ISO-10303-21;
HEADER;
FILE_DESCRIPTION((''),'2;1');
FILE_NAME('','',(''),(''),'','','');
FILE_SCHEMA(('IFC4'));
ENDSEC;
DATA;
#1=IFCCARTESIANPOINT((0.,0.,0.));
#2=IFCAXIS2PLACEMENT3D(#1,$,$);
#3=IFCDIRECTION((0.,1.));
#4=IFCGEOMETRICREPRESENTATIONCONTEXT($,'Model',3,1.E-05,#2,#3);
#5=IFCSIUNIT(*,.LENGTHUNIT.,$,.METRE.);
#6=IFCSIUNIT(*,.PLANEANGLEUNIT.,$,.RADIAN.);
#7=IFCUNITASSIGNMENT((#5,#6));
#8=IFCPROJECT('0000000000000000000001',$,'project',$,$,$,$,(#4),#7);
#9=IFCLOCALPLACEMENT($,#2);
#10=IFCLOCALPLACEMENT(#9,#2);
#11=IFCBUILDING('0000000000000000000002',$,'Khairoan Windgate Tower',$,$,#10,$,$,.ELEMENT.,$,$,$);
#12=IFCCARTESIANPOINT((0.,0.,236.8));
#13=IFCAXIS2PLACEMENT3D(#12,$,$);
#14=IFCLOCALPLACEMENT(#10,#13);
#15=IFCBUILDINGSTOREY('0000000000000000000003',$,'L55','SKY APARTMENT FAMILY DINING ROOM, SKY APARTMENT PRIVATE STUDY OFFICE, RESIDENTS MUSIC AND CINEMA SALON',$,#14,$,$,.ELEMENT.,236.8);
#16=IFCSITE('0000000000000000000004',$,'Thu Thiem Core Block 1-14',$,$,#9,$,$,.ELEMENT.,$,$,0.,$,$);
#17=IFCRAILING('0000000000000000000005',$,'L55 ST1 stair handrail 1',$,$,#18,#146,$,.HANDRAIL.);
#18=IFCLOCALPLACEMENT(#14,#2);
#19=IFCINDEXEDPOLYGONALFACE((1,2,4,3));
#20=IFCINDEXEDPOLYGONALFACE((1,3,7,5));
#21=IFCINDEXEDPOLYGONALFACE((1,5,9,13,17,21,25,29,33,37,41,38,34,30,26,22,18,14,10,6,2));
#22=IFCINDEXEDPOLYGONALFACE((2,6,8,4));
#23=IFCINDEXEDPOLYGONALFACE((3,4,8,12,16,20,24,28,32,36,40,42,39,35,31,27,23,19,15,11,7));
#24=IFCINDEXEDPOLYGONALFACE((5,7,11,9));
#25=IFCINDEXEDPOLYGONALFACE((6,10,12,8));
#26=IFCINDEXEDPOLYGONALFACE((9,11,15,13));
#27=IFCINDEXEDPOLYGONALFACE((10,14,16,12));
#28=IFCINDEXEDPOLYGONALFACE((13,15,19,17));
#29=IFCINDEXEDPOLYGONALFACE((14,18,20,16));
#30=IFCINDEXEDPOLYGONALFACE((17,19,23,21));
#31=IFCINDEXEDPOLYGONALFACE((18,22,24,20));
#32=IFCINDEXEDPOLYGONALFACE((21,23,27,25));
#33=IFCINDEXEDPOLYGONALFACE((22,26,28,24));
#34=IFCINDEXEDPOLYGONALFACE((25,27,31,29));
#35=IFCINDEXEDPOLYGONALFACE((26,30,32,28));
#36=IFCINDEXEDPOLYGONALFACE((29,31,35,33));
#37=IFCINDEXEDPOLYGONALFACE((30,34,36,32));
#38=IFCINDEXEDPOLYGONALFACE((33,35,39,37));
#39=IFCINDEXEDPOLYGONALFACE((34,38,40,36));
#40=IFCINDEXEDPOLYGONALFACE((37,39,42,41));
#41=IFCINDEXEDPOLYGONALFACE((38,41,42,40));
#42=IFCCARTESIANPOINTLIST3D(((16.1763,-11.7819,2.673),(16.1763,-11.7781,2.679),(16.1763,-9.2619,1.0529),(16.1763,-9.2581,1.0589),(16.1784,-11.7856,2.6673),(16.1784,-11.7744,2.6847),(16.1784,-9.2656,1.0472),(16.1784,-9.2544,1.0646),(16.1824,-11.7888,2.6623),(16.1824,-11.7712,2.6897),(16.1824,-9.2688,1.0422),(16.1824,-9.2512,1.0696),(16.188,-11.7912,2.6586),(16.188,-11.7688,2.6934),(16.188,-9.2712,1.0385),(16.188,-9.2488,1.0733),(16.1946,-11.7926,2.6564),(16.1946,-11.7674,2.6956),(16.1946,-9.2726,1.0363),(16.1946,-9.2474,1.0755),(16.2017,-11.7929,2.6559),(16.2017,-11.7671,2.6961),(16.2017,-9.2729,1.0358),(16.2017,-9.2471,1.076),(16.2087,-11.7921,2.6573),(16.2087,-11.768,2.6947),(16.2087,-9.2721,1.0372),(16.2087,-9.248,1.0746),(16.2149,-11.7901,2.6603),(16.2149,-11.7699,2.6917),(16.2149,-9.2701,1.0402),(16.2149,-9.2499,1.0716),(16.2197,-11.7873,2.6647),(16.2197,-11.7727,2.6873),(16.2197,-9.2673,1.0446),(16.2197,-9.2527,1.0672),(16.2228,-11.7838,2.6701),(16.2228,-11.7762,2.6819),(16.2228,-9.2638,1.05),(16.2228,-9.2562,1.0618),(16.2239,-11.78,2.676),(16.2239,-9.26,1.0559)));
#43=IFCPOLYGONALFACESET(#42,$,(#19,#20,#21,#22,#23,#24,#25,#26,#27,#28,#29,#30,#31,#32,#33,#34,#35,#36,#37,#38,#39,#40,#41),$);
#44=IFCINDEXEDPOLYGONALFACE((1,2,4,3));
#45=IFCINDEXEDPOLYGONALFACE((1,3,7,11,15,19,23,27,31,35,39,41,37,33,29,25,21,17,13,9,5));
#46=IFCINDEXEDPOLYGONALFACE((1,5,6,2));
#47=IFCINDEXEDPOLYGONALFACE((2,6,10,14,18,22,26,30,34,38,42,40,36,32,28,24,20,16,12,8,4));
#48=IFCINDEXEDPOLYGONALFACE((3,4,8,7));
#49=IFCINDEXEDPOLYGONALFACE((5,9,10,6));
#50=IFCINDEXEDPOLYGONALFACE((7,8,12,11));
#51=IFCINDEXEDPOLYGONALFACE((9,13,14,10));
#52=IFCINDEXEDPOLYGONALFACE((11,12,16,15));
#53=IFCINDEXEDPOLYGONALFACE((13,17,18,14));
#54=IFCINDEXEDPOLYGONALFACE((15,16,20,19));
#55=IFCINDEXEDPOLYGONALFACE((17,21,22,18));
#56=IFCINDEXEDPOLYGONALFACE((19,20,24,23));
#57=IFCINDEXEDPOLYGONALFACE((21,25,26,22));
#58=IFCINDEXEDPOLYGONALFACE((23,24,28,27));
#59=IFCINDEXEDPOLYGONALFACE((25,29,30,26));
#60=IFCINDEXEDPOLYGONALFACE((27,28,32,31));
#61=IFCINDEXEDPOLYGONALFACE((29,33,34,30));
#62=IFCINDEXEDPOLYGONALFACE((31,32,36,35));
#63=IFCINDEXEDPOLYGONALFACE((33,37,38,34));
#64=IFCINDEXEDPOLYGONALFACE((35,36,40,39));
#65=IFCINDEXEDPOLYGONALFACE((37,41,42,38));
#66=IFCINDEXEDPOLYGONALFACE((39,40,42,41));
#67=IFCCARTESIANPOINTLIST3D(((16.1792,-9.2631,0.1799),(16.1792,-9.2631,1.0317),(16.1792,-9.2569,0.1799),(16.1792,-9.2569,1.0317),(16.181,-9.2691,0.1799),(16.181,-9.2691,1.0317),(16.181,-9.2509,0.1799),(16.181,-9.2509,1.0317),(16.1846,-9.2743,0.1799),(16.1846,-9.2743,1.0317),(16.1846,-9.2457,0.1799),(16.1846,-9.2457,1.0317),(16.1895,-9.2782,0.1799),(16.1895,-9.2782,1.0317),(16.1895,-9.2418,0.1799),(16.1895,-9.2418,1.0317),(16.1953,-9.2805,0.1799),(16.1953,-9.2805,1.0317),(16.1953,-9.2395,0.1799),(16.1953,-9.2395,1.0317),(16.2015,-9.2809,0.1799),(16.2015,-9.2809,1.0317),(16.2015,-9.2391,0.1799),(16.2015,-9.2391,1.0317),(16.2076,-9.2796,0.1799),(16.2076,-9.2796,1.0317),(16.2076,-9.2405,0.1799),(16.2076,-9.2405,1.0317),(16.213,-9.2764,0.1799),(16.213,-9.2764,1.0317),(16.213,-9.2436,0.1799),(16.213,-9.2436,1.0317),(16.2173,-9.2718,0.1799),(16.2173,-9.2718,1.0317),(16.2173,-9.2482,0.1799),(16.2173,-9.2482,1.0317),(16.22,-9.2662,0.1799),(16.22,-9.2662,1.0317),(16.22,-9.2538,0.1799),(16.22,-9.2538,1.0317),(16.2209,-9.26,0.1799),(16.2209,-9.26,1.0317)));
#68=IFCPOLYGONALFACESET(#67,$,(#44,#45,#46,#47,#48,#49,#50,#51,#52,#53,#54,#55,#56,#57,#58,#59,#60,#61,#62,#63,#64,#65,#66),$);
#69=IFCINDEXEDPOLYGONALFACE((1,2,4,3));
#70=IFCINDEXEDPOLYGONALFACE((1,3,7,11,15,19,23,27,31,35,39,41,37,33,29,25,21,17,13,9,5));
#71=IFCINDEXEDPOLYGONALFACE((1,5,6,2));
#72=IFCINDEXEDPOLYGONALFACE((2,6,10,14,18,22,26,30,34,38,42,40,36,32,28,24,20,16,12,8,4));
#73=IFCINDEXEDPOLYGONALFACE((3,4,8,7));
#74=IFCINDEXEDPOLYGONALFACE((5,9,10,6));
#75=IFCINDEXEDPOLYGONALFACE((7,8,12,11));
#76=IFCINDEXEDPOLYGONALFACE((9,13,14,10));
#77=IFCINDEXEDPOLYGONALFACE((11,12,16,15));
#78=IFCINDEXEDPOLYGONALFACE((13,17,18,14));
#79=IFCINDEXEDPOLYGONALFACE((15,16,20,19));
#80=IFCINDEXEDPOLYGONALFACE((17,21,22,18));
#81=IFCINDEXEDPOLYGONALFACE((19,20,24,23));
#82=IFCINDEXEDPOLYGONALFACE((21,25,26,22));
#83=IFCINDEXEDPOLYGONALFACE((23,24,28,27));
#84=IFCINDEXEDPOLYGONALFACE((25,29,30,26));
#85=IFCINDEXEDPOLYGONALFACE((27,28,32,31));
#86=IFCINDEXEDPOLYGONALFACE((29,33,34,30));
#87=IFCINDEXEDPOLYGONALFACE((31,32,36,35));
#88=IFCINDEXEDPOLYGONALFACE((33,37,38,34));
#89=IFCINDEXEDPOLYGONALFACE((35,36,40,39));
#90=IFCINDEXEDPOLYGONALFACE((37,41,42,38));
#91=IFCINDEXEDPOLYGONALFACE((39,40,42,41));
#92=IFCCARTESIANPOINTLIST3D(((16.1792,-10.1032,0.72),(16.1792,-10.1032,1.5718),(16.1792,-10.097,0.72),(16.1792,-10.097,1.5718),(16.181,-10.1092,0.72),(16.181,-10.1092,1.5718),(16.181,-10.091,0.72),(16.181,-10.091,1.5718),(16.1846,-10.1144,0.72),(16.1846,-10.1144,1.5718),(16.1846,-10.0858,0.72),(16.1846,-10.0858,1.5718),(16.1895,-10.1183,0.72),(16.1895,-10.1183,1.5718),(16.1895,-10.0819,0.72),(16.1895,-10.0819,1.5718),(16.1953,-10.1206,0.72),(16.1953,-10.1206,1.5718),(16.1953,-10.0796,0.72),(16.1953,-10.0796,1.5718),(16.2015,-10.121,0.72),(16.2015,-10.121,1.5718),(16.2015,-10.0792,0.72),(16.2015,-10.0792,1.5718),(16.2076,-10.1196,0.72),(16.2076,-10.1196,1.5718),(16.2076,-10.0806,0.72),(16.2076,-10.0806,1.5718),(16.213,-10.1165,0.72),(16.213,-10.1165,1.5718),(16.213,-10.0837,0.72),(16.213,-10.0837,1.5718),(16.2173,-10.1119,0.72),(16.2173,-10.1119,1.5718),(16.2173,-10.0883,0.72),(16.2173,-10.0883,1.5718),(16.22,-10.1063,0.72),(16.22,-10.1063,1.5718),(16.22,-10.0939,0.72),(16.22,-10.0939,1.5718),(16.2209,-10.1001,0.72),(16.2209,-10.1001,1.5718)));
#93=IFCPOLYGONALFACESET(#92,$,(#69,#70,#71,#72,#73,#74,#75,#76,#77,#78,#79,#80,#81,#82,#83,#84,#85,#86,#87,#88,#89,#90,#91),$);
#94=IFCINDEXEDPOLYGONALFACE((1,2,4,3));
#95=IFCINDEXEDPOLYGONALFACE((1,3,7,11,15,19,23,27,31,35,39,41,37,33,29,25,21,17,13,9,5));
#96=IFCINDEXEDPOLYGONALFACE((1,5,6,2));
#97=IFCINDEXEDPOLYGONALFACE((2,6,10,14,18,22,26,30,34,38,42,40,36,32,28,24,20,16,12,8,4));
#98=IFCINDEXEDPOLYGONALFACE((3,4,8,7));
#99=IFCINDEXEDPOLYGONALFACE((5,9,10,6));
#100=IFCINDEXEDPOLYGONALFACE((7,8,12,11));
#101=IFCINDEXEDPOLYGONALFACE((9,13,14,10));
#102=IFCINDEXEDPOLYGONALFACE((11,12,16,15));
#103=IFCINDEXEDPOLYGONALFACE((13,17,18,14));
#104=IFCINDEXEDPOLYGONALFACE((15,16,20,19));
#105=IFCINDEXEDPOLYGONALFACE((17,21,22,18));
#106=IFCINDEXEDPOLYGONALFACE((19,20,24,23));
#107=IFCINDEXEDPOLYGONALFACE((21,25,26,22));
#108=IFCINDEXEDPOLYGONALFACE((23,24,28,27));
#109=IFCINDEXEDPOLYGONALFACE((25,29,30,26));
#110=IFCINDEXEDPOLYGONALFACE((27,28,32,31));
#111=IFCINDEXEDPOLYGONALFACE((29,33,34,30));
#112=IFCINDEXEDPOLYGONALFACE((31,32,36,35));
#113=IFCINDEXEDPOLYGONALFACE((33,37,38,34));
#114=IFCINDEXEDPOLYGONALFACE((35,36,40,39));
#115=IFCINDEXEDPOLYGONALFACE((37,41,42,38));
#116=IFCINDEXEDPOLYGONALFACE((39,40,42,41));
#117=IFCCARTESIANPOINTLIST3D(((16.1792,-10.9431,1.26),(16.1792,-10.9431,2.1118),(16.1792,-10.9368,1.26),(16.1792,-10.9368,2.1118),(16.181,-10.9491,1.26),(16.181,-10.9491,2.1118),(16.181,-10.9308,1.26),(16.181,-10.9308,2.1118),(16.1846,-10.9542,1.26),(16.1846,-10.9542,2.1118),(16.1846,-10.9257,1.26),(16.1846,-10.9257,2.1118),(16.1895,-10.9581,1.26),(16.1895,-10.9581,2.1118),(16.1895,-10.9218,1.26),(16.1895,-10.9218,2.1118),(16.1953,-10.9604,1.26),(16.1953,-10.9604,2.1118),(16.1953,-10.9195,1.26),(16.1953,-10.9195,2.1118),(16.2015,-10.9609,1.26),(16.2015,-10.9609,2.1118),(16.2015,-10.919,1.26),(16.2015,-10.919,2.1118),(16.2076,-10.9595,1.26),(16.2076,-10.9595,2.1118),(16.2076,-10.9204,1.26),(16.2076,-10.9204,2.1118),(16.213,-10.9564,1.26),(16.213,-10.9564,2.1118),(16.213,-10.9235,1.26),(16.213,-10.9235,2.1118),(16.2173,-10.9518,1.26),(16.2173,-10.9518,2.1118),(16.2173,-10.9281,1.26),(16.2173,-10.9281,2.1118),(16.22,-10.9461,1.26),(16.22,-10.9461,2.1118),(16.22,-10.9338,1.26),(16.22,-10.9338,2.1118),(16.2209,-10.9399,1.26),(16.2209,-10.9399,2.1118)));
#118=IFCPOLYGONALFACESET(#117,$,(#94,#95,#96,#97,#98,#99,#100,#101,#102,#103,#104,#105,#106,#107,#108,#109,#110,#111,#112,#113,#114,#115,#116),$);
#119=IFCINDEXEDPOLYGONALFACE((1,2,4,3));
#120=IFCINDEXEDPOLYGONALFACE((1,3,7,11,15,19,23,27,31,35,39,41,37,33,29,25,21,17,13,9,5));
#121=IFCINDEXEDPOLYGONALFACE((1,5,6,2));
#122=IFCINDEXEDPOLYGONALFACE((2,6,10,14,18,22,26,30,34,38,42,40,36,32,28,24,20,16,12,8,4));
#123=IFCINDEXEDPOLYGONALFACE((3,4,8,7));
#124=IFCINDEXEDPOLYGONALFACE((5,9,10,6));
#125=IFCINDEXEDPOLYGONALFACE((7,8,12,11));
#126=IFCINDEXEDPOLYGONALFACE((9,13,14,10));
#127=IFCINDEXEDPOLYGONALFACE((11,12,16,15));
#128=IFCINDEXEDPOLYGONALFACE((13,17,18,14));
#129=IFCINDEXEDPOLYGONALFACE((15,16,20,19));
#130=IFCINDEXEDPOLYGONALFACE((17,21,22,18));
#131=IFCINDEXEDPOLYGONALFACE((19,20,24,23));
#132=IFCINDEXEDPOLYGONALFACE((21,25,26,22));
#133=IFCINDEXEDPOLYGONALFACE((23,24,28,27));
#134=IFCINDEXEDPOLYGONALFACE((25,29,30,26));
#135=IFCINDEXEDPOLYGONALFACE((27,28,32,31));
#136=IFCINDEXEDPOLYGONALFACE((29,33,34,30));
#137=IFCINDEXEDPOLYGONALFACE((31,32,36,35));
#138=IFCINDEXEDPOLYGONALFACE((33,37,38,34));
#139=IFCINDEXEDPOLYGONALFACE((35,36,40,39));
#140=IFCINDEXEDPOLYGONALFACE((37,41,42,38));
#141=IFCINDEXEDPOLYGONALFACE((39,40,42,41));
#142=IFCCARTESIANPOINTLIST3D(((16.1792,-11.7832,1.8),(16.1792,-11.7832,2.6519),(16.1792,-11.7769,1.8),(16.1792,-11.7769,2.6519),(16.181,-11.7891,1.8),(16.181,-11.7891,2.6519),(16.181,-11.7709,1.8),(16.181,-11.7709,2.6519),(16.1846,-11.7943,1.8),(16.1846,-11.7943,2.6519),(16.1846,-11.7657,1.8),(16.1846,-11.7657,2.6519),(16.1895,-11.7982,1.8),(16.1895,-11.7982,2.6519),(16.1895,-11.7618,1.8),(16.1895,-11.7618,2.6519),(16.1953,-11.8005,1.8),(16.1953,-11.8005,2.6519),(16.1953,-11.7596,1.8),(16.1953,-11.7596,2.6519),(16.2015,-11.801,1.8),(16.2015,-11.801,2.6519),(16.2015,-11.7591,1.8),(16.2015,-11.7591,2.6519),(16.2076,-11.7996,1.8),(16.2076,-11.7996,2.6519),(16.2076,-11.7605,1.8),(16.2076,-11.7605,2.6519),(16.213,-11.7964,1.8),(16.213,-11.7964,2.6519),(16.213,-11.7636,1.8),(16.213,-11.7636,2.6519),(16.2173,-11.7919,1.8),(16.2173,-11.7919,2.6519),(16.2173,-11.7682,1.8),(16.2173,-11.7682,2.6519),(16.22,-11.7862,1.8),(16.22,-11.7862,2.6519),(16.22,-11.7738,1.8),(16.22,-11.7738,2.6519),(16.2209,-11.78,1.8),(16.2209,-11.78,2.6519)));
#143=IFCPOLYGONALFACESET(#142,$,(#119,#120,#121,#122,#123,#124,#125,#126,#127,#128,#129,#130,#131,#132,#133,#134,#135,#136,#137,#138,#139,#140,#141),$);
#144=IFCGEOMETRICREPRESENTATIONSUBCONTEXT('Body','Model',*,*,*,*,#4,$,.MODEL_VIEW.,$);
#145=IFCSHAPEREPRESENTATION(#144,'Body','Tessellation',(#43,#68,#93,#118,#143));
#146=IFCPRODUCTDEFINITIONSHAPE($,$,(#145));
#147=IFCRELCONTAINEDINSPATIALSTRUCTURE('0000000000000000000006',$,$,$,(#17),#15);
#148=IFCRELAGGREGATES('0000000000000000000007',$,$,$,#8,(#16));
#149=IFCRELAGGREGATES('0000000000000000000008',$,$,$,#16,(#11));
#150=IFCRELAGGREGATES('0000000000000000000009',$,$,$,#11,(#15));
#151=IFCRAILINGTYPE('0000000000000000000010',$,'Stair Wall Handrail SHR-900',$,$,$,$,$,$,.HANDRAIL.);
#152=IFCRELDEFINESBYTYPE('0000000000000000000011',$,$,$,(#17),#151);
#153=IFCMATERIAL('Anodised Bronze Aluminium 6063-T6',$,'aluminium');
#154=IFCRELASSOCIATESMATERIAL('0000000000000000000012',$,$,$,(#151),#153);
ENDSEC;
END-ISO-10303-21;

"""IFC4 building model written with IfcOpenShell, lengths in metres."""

from ifc_helpers import new_model, si_unit, direction, frame, origin, origin_2d, place, context, subcontext, project, spatial, circle, extrude, material, type_object, element, save


model = new_model("IFC4")

# Units and contexts
model_context = context("Model", 3, precision=1e-05, world=origin(), true_north=direction((0.0, 1.0)))
body_context = subcontext(model_context, "Body", "Model", "MODEL_VIEW")
ifc_project = project(units=[si_unit("LENGTHUNIT", "METRE"), si_unit("PLANEANGLEUNIT", "RADIAN")], contexts=[model_context])

# Site, building, storey
site_placement = place(None, origin())
site = spatial("IfcSite", under=ifc_project, at=site_placement, Name="Thu Thiem Core Block 1-14", CompositionType="ELEMENT", RefElevation=0.0)
building_placement = place(site_placement, origin())
building = spatial("IfcBuilding", under=site, at=building_placement, Name="Khairoan Windgate Tower", CompositionType="ELEMENT")
storey_placement = place(building_placement, frame((0.0, 0.0, 236.8)))
storey = spatial("IfcBuildingStorey", under=building, at=storey_placement, Name="L55", Description="SKY APARTMENT FAMILY DINING ROOM, SKY APARTMENT PRIVATE STUDY OFFICE, RESIDENTS MUSIC AND CINEMA SALON", CompositionType="ELEMENT", Elevation=236.8)

# Railing
ifc_material_1 = material(Name="Anodised Bronze Aluminium 6063-T6", Category="aluminium")
railing_type_1 = type_object("IfcRailingType", Name="Stair Wall Handrail SHR-900", PredefinedType="HANDRAIL", material=ifc_material_1)
railing_1_placement = place(storey_placement, frame((16.2, -9.26, 0.1799)))
element("IfcRailing", 1, at=railing_1_placement, inside=storey, type_object=railing_type_1, Name="L55 ST1 stair handrail 1", PredefinedType="HANDRAIL", context=body_context, shape_type="SweptSolid", body=[
    extrude(circle(Radius=0.0239, at=origin_2d()), frame((0.0, 0.0, 0.876), z_axis=(0.0, -0.841163, 0.540782), x_axis=(1.0, 0.0, 0.0)), (0.0, 0.0, 1.0), 2.9958),
    extrude(circle(Radius=0.021, at=origin_2d()), origin(), (0.0, 0.0, 1.0), 0.8518),
    extrude(circle(Radius=0.021, at=origin_2d()), frame((0.0, -0.8401, 0.54)), (0.0, 0.0, 1.0), 0.8518),
    extrude(circle(Radius=0.021, at=origin_2d()), frame((0.0, -1.6799, 1.0801)), (0.0, 0.0, 1.0), 0.8518),
    extrude(circle(Radius=0.021, at=origin_2d()), frame((0.0, -2.52, 1.6201)), (0.0, 0.0, 1.0), 0.8518),
])

save(model, "model.ifc")
